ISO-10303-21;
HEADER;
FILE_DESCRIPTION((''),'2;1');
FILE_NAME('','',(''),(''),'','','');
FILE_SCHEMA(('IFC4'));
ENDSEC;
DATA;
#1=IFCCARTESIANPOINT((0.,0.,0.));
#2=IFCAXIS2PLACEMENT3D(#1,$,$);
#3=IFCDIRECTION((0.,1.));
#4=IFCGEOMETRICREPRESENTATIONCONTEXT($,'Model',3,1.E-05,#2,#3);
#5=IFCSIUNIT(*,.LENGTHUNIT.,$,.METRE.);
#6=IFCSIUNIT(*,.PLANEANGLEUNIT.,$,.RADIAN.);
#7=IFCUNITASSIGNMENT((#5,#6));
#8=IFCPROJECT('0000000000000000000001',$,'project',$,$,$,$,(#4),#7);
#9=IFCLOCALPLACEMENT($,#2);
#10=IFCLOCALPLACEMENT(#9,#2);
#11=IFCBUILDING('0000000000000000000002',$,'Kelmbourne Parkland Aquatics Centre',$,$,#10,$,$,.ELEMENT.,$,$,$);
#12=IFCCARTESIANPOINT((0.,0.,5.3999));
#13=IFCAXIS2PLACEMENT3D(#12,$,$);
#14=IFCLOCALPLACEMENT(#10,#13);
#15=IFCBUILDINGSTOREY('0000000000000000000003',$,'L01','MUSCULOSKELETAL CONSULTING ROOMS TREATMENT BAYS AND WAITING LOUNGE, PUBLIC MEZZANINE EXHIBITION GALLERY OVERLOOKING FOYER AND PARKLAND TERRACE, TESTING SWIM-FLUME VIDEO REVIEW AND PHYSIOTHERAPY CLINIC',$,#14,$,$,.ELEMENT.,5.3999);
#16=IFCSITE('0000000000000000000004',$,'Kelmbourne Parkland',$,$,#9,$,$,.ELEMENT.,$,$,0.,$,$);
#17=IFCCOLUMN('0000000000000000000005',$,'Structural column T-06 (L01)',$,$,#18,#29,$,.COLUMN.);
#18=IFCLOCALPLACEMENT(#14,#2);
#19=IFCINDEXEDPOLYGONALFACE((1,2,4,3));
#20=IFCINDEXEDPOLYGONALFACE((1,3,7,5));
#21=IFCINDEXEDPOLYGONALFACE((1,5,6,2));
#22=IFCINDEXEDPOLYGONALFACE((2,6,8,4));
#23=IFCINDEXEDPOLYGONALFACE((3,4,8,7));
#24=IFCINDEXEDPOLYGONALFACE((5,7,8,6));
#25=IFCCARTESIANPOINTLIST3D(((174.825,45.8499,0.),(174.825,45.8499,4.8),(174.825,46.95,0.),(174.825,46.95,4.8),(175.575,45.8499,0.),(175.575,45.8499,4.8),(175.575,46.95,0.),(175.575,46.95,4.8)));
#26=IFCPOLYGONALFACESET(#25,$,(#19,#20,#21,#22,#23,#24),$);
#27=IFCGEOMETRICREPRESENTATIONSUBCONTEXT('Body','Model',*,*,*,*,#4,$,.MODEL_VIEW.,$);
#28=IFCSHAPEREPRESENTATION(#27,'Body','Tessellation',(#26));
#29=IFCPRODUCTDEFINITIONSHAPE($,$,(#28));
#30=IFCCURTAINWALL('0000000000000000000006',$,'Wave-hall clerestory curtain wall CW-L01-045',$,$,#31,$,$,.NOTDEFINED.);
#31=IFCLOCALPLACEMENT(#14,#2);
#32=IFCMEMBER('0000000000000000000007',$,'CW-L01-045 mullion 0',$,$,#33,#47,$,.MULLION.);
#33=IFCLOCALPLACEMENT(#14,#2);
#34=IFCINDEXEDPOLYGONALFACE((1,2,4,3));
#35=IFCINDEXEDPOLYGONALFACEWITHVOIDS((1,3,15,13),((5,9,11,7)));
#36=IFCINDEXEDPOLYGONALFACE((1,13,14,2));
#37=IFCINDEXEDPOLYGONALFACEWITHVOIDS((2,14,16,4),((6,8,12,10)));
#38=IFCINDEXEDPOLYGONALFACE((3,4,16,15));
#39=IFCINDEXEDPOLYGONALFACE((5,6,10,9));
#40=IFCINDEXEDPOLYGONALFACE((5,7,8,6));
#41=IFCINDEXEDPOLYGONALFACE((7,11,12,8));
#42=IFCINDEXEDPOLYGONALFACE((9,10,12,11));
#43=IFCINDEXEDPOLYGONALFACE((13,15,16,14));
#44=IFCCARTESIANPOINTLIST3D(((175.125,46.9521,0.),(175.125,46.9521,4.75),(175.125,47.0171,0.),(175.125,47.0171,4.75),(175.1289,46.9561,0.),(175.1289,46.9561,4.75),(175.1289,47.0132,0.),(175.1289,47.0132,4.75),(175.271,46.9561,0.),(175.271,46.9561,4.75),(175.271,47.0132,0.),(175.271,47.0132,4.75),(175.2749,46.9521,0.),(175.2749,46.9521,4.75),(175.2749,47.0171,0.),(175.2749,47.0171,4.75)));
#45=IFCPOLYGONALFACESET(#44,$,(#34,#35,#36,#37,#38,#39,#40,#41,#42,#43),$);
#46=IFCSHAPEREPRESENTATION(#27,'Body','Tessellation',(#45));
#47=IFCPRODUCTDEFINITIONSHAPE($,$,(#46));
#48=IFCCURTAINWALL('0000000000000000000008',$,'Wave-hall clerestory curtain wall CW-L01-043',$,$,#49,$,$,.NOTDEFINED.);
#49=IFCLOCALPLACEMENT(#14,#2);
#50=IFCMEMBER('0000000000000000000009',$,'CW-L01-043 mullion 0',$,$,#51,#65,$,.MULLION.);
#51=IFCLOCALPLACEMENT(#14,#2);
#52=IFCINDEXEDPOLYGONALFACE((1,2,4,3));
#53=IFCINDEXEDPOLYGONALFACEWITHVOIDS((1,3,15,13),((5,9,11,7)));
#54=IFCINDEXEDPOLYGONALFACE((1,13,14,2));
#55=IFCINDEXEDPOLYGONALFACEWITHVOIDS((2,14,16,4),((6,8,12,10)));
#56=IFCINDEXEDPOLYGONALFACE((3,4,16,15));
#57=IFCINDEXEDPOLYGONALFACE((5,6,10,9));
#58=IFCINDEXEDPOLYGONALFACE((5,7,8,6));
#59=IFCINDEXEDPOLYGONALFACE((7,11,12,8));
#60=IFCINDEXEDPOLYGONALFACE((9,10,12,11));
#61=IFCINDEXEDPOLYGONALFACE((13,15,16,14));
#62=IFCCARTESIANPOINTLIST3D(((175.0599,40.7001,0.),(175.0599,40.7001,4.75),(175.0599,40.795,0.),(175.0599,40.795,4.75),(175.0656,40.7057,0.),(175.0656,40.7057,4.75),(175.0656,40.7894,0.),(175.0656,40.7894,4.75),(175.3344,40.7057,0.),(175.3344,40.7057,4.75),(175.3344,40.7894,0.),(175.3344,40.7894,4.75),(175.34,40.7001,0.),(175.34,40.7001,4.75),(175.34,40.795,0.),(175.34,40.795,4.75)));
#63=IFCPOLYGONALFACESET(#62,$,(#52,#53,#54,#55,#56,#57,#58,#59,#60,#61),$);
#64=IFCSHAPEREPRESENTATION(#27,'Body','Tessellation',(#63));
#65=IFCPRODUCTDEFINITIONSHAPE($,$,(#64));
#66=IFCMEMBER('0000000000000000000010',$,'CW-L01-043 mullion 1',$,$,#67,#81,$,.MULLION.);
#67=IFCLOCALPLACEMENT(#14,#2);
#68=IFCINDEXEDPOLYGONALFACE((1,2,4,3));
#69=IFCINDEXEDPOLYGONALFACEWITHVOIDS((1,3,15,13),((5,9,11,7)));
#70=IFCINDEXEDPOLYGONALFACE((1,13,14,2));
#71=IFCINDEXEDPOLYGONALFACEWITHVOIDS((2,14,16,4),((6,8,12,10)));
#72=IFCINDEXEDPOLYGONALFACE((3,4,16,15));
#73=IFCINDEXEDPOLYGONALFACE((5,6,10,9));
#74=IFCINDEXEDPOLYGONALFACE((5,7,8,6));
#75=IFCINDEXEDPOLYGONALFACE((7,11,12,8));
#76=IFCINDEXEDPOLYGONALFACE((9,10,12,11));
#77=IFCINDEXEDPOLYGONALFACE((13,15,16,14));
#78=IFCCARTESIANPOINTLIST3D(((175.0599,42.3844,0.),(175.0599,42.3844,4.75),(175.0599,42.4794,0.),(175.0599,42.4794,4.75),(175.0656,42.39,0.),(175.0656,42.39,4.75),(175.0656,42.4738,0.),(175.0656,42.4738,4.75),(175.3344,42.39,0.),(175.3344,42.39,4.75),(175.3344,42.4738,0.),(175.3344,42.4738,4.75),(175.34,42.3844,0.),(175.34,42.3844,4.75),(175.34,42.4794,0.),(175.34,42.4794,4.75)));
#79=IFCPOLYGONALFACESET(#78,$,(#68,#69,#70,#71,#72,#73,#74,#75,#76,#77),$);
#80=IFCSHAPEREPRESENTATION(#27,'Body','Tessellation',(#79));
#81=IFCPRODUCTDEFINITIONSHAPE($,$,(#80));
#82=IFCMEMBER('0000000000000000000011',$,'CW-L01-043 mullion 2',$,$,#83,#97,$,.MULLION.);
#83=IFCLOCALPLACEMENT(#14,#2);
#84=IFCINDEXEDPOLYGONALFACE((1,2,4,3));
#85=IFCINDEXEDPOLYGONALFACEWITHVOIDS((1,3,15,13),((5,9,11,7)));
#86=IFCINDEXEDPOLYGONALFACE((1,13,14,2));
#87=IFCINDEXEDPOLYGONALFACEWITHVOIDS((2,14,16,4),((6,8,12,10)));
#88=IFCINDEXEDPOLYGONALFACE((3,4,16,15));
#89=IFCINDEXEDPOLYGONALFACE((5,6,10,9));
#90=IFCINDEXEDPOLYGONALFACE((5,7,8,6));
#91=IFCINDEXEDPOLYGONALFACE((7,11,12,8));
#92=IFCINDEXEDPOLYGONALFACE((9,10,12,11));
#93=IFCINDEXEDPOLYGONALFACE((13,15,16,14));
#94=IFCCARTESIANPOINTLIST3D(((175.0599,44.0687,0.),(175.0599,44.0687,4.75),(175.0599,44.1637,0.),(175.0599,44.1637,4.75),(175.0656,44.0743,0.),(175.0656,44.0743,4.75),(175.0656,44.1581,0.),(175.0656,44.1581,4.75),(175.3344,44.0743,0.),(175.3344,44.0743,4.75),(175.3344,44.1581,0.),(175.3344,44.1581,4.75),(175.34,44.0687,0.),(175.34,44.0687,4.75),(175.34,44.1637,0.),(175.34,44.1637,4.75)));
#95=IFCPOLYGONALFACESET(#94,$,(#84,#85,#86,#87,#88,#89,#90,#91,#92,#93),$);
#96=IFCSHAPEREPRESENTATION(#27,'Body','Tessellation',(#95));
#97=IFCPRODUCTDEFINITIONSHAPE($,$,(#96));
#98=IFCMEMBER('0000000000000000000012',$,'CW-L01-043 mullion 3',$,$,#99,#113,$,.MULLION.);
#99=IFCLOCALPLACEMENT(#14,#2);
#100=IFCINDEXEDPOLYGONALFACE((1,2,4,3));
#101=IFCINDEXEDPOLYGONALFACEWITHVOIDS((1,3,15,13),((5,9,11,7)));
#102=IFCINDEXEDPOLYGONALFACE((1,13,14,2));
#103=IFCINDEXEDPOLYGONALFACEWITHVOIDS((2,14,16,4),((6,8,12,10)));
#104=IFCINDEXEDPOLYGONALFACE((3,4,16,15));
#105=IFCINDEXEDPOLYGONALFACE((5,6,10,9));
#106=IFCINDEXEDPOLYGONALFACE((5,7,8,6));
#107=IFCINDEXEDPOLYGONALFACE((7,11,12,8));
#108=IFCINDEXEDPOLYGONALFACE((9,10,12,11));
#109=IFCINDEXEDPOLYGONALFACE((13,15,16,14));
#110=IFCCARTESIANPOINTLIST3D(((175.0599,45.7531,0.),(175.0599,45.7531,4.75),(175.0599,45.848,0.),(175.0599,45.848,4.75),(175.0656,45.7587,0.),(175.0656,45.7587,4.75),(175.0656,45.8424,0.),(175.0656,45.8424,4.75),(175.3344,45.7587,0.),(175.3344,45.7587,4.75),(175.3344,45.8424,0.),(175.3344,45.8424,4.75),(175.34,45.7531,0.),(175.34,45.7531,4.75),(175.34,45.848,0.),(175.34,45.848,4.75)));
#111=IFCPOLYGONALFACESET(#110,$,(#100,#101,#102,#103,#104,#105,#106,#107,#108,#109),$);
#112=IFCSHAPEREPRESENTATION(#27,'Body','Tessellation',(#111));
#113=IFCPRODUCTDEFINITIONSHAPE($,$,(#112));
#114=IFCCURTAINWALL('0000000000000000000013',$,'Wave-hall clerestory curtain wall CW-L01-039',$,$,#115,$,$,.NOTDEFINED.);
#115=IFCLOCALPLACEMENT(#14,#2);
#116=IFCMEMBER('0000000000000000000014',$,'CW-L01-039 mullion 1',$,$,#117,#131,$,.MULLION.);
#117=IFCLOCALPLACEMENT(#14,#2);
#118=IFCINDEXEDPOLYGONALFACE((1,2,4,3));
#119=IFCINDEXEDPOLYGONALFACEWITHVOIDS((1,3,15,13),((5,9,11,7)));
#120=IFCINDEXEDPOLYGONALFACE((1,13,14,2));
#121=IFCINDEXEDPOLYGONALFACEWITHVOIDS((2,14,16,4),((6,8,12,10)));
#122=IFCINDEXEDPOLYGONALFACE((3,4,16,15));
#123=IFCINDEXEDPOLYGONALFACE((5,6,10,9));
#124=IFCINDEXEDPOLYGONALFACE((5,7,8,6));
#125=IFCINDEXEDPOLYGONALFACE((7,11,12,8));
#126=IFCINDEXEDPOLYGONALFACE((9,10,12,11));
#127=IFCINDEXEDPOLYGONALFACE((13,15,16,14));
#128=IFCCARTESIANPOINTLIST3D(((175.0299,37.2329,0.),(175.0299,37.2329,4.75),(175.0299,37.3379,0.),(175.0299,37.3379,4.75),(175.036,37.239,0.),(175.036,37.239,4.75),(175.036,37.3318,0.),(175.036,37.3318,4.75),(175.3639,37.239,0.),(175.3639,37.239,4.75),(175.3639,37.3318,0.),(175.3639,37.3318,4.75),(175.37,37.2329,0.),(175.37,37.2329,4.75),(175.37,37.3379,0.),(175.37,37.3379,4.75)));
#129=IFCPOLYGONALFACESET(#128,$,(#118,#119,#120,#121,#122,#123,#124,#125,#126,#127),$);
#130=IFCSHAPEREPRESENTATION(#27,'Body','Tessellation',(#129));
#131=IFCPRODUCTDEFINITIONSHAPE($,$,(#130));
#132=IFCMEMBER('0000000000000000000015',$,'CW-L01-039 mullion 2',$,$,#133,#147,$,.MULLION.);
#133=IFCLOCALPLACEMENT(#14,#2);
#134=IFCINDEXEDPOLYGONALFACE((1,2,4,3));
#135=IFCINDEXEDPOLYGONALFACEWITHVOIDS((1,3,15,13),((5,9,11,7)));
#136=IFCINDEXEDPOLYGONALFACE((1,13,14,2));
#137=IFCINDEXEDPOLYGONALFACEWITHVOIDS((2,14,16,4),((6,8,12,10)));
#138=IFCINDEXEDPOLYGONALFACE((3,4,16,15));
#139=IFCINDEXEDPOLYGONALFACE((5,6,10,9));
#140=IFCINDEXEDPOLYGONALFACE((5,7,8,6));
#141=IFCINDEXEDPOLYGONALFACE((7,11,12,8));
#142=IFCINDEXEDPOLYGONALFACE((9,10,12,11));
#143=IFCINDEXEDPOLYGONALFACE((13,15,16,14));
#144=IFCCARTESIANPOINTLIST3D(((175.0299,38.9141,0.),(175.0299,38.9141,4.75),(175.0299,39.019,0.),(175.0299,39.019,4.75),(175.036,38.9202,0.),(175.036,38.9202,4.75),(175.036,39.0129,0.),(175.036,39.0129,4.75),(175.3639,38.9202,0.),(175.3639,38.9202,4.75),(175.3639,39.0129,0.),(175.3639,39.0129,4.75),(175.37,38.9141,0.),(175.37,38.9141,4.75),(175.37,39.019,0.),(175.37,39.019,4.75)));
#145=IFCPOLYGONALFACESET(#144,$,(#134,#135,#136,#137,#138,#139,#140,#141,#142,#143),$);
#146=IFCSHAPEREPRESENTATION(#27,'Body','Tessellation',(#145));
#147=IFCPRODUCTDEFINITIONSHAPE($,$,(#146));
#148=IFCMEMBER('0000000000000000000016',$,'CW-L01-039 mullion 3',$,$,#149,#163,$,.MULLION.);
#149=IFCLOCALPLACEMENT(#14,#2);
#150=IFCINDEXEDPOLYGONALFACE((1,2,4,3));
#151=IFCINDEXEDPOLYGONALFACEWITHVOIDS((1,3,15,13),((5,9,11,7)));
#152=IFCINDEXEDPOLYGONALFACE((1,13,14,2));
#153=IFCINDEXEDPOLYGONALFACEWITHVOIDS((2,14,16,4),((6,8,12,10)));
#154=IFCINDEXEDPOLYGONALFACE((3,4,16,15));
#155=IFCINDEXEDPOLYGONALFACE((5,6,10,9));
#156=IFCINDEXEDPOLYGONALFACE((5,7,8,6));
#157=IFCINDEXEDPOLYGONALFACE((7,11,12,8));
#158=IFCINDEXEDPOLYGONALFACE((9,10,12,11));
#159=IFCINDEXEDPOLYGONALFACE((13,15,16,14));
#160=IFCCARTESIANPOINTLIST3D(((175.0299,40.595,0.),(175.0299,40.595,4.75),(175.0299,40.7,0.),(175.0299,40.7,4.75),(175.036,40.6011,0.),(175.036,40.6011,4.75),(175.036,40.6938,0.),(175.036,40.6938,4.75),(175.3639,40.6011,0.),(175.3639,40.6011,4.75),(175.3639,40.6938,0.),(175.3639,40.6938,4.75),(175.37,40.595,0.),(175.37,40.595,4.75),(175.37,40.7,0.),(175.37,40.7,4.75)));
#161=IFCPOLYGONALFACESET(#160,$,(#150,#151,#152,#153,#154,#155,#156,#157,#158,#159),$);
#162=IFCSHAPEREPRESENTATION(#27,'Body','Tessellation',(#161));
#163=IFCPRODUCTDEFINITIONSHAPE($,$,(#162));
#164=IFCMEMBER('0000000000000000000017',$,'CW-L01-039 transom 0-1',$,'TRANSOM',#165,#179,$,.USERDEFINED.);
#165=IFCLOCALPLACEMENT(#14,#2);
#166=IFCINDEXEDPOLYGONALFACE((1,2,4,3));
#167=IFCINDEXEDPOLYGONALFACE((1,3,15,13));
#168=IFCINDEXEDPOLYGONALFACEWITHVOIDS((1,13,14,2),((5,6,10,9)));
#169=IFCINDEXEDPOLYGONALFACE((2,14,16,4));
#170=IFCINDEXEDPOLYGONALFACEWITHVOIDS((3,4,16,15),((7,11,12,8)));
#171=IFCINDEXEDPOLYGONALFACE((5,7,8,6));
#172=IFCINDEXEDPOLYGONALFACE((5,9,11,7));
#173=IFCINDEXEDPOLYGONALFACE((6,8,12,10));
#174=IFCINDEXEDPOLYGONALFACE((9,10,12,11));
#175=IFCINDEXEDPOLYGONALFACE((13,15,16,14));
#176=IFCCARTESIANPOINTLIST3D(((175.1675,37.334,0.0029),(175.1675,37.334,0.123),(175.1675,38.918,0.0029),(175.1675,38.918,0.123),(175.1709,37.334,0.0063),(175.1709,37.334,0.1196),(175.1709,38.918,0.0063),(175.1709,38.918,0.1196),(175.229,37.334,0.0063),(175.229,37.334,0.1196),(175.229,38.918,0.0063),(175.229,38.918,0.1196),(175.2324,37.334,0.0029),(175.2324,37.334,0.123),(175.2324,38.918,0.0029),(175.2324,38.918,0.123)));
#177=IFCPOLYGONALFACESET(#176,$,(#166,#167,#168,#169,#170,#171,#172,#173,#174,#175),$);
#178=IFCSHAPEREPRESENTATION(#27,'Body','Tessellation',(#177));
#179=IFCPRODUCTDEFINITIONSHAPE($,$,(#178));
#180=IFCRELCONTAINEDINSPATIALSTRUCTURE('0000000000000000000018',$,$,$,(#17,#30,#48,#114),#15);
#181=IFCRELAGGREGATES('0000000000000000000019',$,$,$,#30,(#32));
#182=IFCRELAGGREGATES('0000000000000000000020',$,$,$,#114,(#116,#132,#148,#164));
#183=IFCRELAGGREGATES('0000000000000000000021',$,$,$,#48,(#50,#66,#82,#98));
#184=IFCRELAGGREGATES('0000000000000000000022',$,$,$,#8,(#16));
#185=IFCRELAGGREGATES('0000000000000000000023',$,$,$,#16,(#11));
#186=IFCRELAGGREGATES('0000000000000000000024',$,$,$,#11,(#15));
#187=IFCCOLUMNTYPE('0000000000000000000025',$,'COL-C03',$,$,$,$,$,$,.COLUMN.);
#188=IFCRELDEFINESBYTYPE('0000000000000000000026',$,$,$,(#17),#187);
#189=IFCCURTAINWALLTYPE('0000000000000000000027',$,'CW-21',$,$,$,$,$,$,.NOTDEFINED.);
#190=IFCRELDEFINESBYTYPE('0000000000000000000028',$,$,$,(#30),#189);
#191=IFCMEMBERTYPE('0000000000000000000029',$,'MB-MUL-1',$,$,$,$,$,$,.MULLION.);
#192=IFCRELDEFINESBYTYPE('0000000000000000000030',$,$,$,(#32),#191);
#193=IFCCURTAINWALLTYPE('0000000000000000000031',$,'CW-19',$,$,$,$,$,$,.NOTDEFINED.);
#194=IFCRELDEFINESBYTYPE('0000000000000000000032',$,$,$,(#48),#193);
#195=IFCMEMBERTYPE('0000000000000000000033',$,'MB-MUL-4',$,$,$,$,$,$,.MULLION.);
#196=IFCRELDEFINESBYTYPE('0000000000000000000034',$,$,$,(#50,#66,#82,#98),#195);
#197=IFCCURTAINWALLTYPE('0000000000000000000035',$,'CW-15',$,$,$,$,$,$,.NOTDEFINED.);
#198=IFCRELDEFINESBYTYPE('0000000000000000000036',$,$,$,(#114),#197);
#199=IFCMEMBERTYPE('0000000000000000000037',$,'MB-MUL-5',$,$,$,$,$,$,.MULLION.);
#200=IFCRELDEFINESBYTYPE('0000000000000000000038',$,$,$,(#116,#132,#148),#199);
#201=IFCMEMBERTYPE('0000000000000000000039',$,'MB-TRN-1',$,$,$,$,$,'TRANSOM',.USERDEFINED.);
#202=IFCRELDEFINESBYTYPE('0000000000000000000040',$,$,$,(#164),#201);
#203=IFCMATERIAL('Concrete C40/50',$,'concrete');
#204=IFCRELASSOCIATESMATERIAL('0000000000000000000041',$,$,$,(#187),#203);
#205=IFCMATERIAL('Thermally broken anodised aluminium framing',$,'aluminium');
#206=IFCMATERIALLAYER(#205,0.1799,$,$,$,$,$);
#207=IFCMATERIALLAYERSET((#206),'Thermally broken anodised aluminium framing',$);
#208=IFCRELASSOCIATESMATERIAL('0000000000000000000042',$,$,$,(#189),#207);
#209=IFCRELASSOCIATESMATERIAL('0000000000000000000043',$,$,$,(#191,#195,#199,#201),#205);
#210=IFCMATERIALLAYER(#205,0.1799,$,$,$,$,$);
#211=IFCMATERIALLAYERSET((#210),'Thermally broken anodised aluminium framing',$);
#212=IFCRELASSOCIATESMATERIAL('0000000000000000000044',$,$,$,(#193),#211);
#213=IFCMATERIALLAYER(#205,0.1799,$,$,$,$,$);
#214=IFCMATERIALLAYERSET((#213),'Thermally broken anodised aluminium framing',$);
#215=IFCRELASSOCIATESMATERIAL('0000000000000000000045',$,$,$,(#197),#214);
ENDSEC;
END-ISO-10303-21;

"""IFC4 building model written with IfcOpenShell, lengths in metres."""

from ifc_helpers import new_model, si_unit, direction, frame, origin, origin_2d, place, context, subcontext, project, spatial, rectangle, hollow_rectangle, extrude, material, layer, layer_set, material_profile, profile_set, type_object, element, aggregate, save


model = new_model("IFC4")

# Units and contexts
model_context = context("Model", 3, precision=1e-05, world=origin(), true_north=direction((0.0, 1.0)))
body_context = subcontext(model_context, "Body", "Model", "MODEL_VIEW")
ifc_project = project(units=[si_unit("LENGTHUNIT", "METRE"), si_unit("PLANEANGLEUNIT", "RADIAN")], contexts=[model_context])

# Site, building, storey
site_placement = place(None, origin())
site = spatial("IfcSite", under=ifc_project, at=site_placement, Name="Kelmbourne Parkland", CompositionType="ELEMENT", RefElevation=0.0)
building_placement = place(site_placement, origin())
building = spatial("IfcBuilding", under=site, at=building_placement, Name="Kelmbourne Parkland Aquatics Centre", CompositionType="ELEMENT")
storey_placement = place(building_placement, frame((0.0, 0.0, 5.3999)))
storey = spatial("IfcBuildingStorey", under=building, at=storey_placement, Name="L01", Description="MUSCULOSKELETAL CONSULTING ROOMS TREATMENT BAYS AND WAITING LOUNGE, PUBLIC MEZZANINE EXHIBITION GALLERY OVERLOOKING FOYER AND PARKLAND TERRACE, TESTING SWIM-FLUME VIDEO REVIEW AND PHYSIOTHERAPY CLINIC", CompositionType="ELEMENT", Elevation=5.3999)

# Column
ifc_material_1 = material(Name="Concrete C40/50", Category="concrete")
ifc_material_profile_1 = material_profile(ifc_material_1, rectangle(XDim=0.75, YDim=1.1001, at=origin_2d()), Name="RC 750x1100")
ifc_profile_set_1 = profile_set([ifc_material_profile_1], Name="Concrete C40/50")
column_type = type_object("IfcColumnType", Name="COL-C03", PredefinedType="COLUMN", material=ifc_profile_set_1)
column_placement = place(storey_placement, frame((175.2, 46.3999, 0.0), z_axis=(0.0, 0.0, 1.0), x_axis=(1.0, 0.0, 0.0)))
element("IfcColumn", 1, at=column_placement, inside=storey, type_object=column_type, Name="Structural column T-06 (L01)", PredefinedType="COLUMN", context=body_context, shape_type="SweptSolid", body=[
    extrude(rectangle(XDim=0.75, YDim=1.1001, at=origin_2d()), origin(), (0.0, 0.0, 1.0), 4.8),
])

# Curtain wall, member
ifc_material_2 = material(Name="Thermally broken anodised aluminium framing", Category="aluminium")
ifc_layer_1 = layer(ifc_material_2, 0.1799)
ifc_layer_set_1 = layer_set([ifc_layer_1], Name="Thermally broken anodised aluminium framing")
curtain_wall_type_1 = type_object("IfcCurtainWallType", Name="CW-21", PredefinedType="NOTDEFINED", material=ifc_layer_set_1)
curtain_wall_1_placement = place(storey_placement, origin())
curtain_wall_1 = element("IfcCurtainWall", 2, at=curtain_wall_1_placement, inside=storey, type_object=curtain_wall_type_1, Name="Wave-hall clerestory curtain wall CW-L01-045", PredefinedType="NOTDEFINED")
ifc_material_profile_2 = material_profile(ifc_material_2, hollow_rectangle(XDim=0.0649, YDim=0.1499, WallThickness=0.0039, at=origin_2d()), Name="CW-M 65x150")
ifc_profile_set_2 = profile_set([ifc_material_profile_2], Name="Thermally broken anodised aluminium framing")
member_type_1 = type_object("IfcMemberType", Name="MB-MUL-1", PredefinedType="MULLION", material=ifc_profile_set_2)
member_1_placement = place(storey_placement, frame((175.2, 46.9846, 0.0), z_axis=(0.0, 0.0, 1.0), x_axis=(0.0, 1.0, 0.0)))
member_1 = element("IfcMember", 3, at=member_1_placement, type_object=member_type_1, Name="CW-L01-045 mullion 0", PredefinedType="MULLION", context=body_context, shape_type="SweptSolid", body=[
    extrude(hollow_rectangle(XDim=0.0649, YDim=0.1499, WallThickness=0.0039, at=origin_2d()), origin(), (0.0, 0.0, 1.0), 4.75),
])
aggregate(curtain_wall_1, [member_1])

# Curtain walls, members
ifc_layer_2 = layer(ifc_material_2, 0.1799)
ifc_layer_set_2 = layer_set([ifc_layer_2], Name="Thermally broken anodised aluminium framing")
curtain_wall_type_2 = type_object("IfcCurtainWallType", Name="CW-19", PredefinedType="NOTDEFINED", material=ifc_layer_set_2)
curtain_wall_2_placement = place(storey_placement, origin())
curtain_wall_2 = element("IfcCurtainWall", 4, at=curtain_wall_2_placement, inside=storey, type_object=curtain_wall_type_2, Name="Wave-hall clerestory curtain wall CW-L01-043", PredefinedType="NOTDEFINED")
ifc_material_profile_3 = material_profile(ifc_material_2, hollow_rectangle(XDim=0.095, YDim=0.28, WallThickness=0.0056, at=origin_2d()), Name="CW-M 95x280")
ifc_profile_set_3 = profile_set([ifc_material_profile_3], Name="Thermally broken anodised aluminium framing")
member_type_2 = type_object("IfcMemberType", Name="MB-MUL-4", PredefinedType="MULLION", material=ifc_profile_set_3)
member_2_placement = place(storey_placement, frame((175.2, 40.7476, 0.0), z_axis=(0.0, 0.0, 1.0), x_axis=(0.0, 1.0, 0.0)))
member_2 = element("IfcMember", 5, at=member_2_placement, type_object=member_type_2, Name="CW-L01-043 mullion 0", PredefinedType="MULLION", context=body_context, shape_type="SweptSolid", body=[
    extrude(hollow_rectangle(XDim=0.095, YDim=0.28, WallThickness=0.0056, at=origin_2d()), origin(), (0.0, 0.0, 1.0), 4.75),
])
member_3_placement = place(storey_placement, frame((175.2, 42.4319, 0.0), z_axis=(0.0, 0.0, 1.0), x_axis=(0.0, 1.0, 0.0)))
member_3 = element("IfcMember", 6, at=member_3_placement, type_object=member_type_2, Name="CW-L01-043 mullion 1", PredefinedType="MULLION", context=body_context, shape_type="SweptSolid", body=[
    extrude(hollow_rectangle(XDim=0.095, YDim=0.28, WallThickness=0.0056, at=origin_2d()), origin(), (0.0, 0.0, 1.0), 4.75),
])
member_4_placement = place(storey_placement, frame((175.2, 44.1162, 0.0), z_axis=(0.0, 0.0, 1.0), x_axis=(0.0, 1.0, 0.0)))
member_4 = element("IfcMember", 7, at=member_4_placement, type_object=member_type_2, Name="CW-L01-043 mullion 2", PredefinedType="MULLION", context=body_context, shape_type="SweptSolid", body=[
    extrude(hollow_rectangle(XDim=0.095, YDim=0.28, WallThickness=0.0056, at=origin_2d()), origin(), (0.0, 0.0, 1.0), 4.75),
])
member_5_placement = place(storey_placement, frame((175.2, 45.8005, 0.0), z_axis=(0.0, 0.0, 1.0), x_axis=(0.0, 1.0, 0.0)))
member_5 = element("IfcMember", 8, at=member_5_placement, type_object=member_type_2, Name="CW-L01-043 mullion 3", PredefinedType="MULLION", context=body_context, shape_type="SweptSolid", body=[
    extrude(hollow_rectangle(XDim=0.095, YDim=0.28, WallThickness=0.0056, at=origin_2d()), origin(), (0.0, 0.0, 1.0), 4.75),
])
ifc_layer_3 = layer(ifc_material_2, 0.1799)
ifc_layer_set_3 = layer_set([ifc_layer_3], Name="Thermally broken anodised aluminium framing")
curtain_wall_type_3 = type_object("IfcCurtainWallType", Name="CW-15", PredefinedType="NOTDEFINED", material=ifc_layer_set_3)
curtain_wall_3_placement = place(storey_placement, origin())
curtain_wall_3 = element("IfcCurtainWall", 9, at=curtain_wall_3_placement, inside=storey, type_object=curtain_wall_type_3, Name="Wave-hall clerestory curtain wall CW-L01-039", PredefinedType="NOTDEFINED")
ifc_material_profile_4 = material_profile(ifc_material_2, hollow_rectangle(XDim=0.105, YDim=0.3401, WallThickness=0.0061, at=origin_2d()), Name="CW-M 105x340")
ifc_profile_set_4 = profile_set([ifc_material_profile_4], Name="Thermally broken anodised aluminium framing")
member_type_3 = type_object("IfcMemberType", Name="MB-MUL-5", PredefinedType="MULLION", material=ifc_profile_set_4)
member_6_placement = place(storey_placement, frame((175.2, 37.2854, 0.0), z_axis=(0.0, 0.0, 1.0), x_axis=(0.0, 1.0, 0.0)))
member_6 = element("IfcMember", 10, at=member_6_placement, type_object=member_type_3, Name="CW-L01-039 mullion 1", PredefinedType="MULLION", context=body_context, shape_type="SweptSolid", body=[
    extrude(hollow_rectangle(XDim=0.105, YDim=0.3401, WallThickness=0.0061, at=origin_2d()), origin(), (0.0, 0.0, 1.0), 4.75),
])
member_7_placement = place(storey_placement, frame((175.2, 38.9666, 0.0), z_axis=(0.0, 0.0, 1.0), x_axis=(0.0, 1.0, 0.0)))
member_7 = element("IfcMember", 11, at=member_7_placement, type_object=member_type_3, Name="CW-L01-039 mullion 2", PredefinedType="MULLION", context=body_context, shape_type="SweptSolid", body=[
    extrude(hollow_rectangle(XDim=0.105, YDim=0.3401, WallThickness=0.0061, at=origin_2d()), origin(), (0.0, 0.0, 1.0), 4.75),
])
member_8_placement = place(storey_placement, frame((175.2, 40.6475, 0.0), z_axis=(0.0, 0.0, 1.0), x_axis=(0.0, 1.0, 0.0)))
member_8 = element("IfcMember", 12, at=member_8_placement, type_object=member_type_3, Name="CW-L01-039 mullion 3", PredefinedType="MULLION", context=body_context, shape_type="SweptSolid", body=[
    extrude(hollow_rectangle(XDim=0.105, YDim=0.3401, WallThickness=0.0061, at=origin_2d()), origin(), (0.0, 0.0, 1.0), 4.75),
])
ifc_material_profile_5 = material_profile(ifc_material_2, hollow_rectangle(XDim=0.0649, YDim=0.1201, WallThickness=0.0034, at=origin_2d()), Name="CW-T 65x120")
ifc_profile_set_5 = profile_set([ifc_material_profile_5], Name="Thermally broken anodised aluminium framing")
member_type_4 = type_object("IfcMemberType", Name="MB-TRN-1", ElementType="TRANSOM", PredefinedType="USERDEFINED", material=ifc_profile_set_5)
member_9_placement = place(storey_placement, frame((175.2, 37.334, 0.063), z_axis=(0.0, 1.0, 0.0), x_axis=(-1.0, 0.0, 0.0)))
member_9 = element("IfcMember", 13, at=member_9_placement, type_object=member_type_4, Name="CW-L01-039 transom 0-1", ObjectType="TRANSOM", PredefinedType="USERDEFINED", context=body_context, shape_type="SweptSolid", body=[
    extrude(hollow_rectangle(XDim=0.0649, YDim=0.1201, WallThickness=0.0034, at=origin_2d()), origin(), (0.0, 0.0, 1.0), 1.584),
])

aggregate(curtain_wall_3, [member_6, member_7, member_8, member_9])
aggregate(curtain_wall_2, [member_2, member_3, member_4, member_5])

save(model, "model.ifc")
